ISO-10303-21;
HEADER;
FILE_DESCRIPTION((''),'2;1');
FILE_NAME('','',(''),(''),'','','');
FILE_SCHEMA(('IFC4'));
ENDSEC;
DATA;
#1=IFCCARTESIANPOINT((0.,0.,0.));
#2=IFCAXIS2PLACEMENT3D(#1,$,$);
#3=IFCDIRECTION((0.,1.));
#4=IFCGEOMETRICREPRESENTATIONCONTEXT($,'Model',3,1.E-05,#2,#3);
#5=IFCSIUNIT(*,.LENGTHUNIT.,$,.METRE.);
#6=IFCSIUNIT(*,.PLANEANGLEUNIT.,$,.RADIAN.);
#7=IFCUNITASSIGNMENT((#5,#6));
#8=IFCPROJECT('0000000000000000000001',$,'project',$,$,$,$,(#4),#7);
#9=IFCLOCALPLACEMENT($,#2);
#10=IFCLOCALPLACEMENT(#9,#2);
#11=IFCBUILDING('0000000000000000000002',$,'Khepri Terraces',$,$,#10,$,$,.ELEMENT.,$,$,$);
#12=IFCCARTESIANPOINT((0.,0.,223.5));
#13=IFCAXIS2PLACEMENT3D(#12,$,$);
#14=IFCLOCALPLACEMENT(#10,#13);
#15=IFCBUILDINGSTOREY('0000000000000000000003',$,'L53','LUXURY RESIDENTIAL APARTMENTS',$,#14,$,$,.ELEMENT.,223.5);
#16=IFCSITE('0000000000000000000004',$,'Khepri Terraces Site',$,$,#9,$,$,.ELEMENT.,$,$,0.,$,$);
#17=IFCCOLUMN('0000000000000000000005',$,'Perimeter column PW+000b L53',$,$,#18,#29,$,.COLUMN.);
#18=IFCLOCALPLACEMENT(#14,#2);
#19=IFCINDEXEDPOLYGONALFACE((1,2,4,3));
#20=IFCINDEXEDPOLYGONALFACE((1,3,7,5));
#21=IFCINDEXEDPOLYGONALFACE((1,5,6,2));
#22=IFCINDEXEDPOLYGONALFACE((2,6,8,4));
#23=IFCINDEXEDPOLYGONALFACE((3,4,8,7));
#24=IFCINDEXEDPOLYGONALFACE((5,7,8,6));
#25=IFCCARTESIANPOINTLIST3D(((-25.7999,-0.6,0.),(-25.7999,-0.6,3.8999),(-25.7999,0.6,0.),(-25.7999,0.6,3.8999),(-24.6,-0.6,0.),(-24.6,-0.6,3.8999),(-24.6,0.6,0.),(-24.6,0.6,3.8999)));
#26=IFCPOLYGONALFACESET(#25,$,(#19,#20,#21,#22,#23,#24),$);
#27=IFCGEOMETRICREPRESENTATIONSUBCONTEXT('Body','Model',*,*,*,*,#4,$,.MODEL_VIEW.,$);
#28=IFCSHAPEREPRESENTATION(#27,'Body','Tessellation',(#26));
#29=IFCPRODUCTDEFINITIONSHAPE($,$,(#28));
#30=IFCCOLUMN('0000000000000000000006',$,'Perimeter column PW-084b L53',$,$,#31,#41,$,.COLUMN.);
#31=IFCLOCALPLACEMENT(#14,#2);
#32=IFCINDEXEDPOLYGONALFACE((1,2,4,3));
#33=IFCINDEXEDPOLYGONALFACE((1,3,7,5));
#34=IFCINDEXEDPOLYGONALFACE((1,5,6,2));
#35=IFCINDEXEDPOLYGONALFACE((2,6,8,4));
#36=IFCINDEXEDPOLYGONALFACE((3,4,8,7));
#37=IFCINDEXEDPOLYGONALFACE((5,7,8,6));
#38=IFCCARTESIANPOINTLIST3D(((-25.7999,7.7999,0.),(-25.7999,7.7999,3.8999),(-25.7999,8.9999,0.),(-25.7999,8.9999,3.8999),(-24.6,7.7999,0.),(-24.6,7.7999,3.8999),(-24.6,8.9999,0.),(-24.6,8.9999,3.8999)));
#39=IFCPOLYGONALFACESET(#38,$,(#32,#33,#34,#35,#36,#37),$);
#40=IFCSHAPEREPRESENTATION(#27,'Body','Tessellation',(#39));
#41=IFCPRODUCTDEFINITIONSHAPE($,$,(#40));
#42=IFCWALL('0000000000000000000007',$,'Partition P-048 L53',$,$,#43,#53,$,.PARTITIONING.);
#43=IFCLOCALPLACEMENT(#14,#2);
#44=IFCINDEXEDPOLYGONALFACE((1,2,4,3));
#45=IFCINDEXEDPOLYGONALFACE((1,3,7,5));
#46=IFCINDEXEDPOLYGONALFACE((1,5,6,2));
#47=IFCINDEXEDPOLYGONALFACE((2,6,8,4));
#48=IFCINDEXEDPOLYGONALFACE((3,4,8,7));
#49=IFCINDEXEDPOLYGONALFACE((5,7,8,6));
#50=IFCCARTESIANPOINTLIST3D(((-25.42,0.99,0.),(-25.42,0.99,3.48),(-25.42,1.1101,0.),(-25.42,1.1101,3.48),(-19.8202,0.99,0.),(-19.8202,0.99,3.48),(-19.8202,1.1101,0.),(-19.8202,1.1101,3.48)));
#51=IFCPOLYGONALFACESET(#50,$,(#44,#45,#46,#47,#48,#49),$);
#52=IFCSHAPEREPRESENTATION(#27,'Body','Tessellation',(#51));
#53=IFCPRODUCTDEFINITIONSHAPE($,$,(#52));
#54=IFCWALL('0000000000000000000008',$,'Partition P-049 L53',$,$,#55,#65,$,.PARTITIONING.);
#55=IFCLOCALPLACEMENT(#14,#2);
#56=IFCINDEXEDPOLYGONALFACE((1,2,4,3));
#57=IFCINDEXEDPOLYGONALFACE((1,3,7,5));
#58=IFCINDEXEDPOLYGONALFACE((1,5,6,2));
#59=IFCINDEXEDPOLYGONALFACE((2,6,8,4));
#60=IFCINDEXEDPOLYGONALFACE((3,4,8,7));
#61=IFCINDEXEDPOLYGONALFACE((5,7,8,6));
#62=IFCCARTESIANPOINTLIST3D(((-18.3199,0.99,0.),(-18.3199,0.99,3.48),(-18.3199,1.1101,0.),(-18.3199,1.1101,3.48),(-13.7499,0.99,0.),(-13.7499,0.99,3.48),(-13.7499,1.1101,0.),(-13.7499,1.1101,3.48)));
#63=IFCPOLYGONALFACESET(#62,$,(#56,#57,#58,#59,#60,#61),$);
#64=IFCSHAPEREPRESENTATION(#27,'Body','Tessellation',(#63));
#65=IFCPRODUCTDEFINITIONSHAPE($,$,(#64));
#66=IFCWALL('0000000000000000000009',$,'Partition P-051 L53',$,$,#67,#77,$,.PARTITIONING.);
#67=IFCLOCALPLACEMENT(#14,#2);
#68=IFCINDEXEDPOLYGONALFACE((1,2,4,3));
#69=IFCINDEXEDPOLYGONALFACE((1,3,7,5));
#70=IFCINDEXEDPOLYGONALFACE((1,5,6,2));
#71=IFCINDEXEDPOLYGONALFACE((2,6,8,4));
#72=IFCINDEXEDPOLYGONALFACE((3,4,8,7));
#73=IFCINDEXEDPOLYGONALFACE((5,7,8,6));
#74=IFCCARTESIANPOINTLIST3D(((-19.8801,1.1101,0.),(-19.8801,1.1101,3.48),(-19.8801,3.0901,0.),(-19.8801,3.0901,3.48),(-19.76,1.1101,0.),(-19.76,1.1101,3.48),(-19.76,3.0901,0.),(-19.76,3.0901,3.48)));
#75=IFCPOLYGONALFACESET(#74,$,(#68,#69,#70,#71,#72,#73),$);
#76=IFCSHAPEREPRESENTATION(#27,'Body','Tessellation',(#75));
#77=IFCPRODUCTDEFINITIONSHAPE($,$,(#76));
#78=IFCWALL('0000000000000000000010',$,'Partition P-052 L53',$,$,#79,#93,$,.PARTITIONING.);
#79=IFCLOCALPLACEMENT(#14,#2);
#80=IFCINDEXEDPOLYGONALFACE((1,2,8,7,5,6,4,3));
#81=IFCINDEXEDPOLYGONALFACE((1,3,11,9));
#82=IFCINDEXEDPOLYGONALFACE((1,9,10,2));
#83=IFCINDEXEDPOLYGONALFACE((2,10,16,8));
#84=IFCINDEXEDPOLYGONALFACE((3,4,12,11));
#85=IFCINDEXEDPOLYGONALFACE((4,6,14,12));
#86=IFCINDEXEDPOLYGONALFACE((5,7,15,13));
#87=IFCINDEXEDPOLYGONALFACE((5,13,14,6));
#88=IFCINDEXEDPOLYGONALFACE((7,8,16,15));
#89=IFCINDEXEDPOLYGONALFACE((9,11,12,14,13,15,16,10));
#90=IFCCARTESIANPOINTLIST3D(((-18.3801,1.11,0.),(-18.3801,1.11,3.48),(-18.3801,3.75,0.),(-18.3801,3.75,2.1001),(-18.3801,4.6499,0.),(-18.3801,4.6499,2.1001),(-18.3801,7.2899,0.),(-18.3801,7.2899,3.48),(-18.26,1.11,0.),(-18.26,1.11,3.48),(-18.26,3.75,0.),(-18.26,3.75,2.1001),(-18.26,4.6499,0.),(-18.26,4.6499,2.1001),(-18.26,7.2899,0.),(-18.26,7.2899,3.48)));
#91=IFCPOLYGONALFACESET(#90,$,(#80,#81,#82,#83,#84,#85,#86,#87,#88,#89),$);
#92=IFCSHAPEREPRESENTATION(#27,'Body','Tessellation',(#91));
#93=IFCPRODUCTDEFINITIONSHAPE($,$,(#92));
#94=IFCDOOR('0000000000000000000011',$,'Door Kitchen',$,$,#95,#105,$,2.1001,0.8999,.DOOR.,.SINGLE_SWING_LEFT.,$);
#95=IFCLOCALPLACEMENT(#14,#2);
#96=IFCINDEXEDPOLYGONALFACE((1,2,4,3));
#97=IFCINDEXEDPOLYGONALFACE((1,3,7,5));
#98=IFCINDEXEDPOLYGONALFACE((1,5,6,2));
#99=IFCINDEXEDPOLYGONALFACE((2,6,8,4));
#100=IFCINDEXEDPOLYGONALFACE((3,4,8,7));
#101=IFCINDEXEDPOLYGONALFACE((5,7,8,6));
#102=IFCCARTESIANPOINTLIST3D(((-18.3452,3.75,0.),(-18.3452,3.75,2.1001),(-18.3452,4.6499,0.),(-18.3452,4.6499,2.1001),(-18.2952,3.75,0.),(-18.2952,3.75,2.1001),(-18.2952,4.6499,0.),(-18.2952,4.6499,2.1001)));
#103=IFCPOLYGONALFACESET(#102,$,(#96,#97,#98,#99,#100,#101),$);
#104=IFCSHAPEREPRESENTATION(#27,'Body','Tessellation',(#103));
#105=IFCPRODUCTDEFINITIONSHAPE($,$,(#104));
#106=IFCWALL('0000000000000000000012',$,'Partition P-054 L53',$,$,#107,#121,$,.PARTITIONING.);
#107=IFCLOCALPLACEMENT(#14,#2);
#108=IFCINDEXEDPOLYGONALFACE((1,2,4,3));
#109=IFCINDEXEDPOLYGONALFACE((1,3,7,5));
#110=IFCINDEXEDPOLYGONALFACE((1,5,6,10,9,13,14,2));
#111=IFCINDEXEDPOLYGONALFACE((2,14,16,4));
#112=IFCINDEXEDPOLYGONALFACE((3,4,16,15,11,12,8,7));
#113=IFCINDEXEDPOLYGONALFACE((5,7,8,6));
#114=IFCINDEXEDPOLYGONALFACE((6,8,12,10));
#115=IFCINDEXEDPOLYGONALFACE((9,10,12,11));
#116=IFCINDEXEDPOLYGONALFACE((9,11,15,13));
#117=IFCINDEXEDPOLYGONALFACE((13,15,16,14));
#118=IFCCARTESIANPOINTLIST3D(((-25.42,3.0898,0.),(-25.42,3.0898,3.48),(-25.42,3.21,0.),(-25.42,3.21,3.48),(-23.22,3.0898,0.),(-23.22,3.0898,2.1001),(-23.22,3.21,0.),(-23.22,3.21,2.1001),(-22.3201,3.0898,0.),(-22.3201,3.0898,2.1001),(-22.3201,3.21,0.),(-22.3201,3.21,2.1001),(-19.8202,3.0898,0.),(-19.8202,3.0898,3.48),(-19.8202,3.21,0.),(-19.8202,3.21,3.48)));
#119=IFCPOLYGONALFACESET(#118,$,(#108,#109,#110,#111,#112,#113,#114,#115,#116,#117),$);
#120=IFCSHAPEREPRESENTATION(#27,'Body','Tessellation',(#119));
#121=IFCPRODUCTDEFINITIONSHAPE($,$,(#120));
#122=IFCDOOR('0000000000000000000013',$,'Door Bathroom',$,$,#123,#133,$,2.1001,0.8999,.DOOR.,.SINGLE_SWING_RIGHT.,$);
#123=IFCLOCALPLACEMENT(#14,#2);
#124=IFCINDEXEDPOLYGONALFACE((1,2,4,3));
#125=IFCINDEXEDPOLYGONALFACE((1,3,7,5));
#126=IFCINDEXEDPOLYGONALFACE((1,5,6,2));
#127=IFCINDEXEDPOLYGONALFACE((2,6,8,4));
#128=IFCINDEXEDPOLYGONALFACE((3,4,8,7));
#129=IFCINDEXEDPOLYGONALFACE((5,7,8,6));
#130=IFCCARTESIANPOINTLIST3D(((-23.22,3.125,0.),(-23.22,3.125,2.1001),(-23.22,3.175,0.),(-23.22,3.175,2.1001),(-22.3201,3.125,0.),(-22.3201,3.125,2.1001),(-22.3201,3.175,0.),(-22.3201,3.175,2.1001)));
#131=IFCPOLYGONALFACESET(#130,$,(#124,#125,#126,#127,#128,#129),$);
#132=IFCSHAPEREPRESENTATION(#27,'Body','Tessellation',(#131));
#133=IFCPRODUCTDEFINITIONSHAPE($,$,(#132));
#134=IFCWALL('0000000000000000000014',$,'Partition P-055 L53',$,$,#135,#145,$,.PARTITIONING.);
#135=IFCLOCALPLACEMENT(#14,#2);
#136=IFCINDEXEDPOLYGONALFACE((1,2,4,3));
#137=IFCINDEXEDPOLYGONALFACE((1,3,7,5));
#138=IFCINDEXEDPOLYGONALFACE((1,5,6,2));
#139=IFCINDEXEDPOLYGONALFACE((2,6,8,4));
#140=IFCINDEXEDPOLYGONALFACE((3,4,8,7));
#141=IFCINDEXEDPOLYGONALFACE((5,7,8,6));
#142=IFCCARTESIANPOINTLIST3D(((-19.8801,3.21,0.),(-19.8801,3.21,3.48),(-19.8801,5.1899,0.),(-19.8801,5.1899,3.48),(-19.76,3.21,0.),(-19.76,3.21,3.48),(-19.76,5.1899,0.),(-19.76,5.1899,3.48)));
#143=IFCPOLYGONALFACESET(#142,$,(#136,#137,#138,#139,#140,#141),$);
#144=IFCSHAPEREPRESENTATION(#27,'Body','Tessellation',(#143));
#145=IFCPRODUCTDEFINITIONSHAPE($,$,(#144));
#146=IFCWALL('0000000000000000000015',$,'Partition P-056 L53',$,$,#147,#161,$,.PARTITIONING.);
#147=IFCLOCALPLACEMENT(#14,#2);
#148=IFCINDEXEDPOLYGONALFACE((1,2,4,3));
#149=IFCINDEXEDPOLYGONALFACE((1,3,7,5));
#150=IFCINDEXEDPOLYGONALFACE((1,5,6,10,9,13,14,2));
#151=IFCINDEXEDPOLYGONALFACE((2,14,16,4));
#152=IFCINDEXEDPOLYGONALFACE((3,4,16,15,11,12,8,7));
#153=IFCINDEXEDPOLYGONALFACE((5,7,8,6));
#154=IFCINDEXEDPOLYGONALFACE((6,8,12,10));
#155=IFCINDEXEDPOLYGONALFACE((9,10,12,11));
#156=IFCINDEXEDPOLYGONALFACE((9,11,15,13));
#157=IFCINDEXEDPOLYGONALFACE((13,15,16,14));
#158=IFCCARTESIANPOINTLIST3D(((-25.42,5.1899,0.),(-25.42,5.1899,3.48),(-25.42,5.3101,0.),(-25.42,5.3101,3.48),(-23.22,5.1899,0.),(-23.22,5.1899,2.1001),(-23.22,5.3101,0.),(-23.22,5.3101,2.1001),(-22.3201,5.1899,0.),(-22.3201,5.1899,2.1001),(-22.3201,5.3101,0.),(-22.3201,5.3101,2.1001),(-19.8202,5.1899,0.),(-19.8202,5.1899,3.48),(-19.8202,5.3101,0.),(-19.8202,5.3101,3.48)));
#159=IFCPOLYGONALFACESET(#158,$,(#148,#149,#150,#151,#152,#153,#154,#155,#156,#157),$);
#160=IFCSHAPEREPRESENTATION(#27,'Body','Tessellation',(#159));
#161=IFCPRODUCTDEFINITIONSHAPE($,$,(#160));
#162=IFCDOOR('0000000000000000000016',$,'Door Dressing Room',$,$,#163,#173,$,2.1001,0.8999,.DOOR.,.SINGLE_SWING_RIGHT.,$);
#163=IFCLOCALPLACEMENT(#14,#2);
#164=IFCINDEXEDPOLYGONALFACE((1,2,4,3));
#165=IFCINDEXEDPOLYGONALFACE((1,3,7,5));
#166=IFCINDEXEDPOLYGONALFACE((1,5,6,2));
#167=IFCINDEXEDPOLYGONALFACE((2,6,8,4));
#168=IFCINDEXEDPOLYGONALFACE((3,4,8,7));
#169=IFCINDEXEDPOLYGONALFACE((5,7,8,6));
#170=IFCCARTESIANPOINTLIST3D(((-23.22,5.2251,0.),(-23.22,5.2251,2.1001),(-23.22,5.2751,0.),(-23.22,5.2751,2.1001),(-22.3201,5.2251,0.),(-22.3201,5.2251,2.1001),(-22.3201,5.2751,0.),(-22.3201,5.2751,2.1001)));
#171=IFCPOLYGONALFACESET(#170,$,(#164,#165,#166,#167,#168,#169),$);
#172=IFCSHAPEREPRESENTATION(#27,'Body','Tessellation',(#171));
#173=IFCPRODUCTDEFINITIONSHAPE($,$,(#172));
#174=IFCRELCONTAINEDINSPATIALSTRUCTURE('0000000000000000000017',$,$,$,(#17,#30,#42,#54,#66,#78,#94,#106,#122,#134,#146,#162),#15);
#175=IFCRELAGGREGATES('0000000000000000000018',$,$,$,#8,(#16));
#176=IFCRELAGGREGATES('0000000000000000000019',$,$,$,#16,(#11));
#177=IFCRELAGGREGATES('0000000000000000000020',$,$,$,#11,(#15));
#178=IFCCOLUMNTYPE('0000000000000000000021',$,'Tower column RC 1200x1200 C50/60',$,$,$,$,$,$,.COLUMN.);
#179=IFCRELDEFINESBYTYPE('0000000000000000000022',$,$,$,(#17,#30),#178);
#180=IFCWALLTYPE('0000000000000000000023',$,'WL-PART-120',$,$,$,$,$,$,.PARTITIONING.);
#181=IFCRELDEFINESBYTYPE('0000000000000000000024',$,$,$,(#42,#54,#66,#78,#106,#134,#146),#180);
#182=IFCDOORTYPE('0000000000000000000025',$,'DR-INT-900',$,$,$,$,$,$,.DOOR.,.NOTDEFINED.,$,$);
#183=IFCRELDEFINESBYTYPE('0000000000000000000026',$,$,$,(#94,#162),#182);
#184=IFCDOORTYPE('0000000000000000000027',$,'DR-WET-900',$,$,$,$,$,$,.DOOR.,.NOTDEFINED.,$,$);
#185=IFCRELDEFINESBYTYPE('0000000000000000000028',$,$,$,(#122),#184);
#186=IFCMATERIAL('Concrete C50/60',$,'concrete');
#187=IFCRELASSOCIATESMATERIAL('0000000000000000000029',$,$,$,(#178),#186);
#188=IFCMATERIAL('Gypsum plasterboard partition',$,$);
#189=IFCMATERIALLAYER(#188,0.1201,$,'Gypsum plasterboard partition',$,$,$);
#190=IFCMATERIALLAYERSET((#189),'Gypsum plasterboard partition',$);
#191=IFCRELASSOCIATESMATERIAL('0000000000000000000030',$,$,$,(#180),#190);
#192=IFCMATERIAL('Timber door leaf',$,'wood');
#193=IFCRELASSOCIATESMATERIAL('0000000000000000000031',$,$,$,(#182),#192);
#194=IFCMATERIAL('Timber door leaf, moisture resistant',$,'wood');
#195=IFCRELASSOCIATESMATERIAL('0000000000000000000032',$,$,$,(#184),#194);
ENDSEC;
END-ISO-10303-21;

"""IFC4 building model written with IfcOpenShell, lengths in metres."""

from ifc_helpers import new_model, si_unit, direction, frame, frame_2d, origin, origin_2d, place, context, subcontext, project, spatial, rectangle, extrude, material, layer, layer_set, material_profile, profile_set, type_object, element, fill, save


model = new_model("IFC4")

# Units and contexts
model_context = context("Model", 3, precision=1e-05, world=origin(), true_north=direction((0.0, 1.0)))
body_context = subcontext(model_context, "Body", "Model", "MODEL_VIEW")
ifc_project = project(units=[si_unit("LENGTHUNIT", "METRE"), si_unit("PLANEANGLEUNIT", "RADIAN")], contexts=[model_context])

# Site, building, storey
site_placement = place(None, origin())
site = spatial("IfcSite", under=ifc_project, at=site_placement, Name="Khepri Terraces Site", CompositionType="ELEMENT", RefElevation=0.0)
building_placement = place(site_placement, origin())
building = spatial("IfcBuilding", under=site, at=building_placement, Name="Khepri Terraces", CompositionType="ELEMENT")
storey_placement = place(building_placement, frame((0.0, 0.0, 223.5)))
storey = spatial("IfcBuildingStorey", under=building, at=storey_placement, Name="L53", Description="LUXURY RESIDENTIAL APARTMENTS", CompositionType="ELEMENT", Elevation=223.5)

# Columns
ifc_material_1 = material(Name="Concrete C50/60", Category="concrete")
ifc_material_profile = material_profile(ifc_material_1, rectangle(XDim=1.2, YDim=1.2, at=origin_2d()), Name="Concrete C50/60", Category="concrete")
ifc_profile_set = profile_set([ifc_material_profile], Name="Concrete C50/60")
column_type = type_object("IfcColumnType", Name="Tower column RC 1200x1200 C50/60", PredefinedType="COLUMN", material=ifc_profile_set)
for number, where, z_axis, x_axis, name in (
    (1, (-25.2, 0.0, 0.0), (0.0, 0.0, 1.0), (1.0, 0.0, 0.0), "Perimeter column PW+000b L53"),
    (2, (-25.2, 8.3999, 0.0), (0.0, 0.0, 1.0), (1.0, 0.0, 0.0), "Perimeter column PW-084b L53"),
):
    element("IfcColumn", number, at=place(storey_placement, frame(where, z_axis=z_axis, x_axis=x_axis)), inside=storey, type_object=column_type, Name=name, PredefinedType="COLUMN", context=body_context, shape_type="SweptSolid", body=[
        extrude(rectangle(XDim=1.2, YDim=1.2, at=origin_2d()), origin(), (0.0, 0.0, 1.0), 3.8999),
    ])

# Walls
ifc_material_2 = material(Name="Gypsum plasterboard partition")
ifc_layer_1 = layer(ifc_material_2, 0.1201, Name="Gypsum plasterboard partition")
ifc_layer_set_1 = layer_set([ifc_layer_1], Name="Gypsum plasterboard partition")
wall_type_1 = type_object("IfcWallType", Name="WL-PART-120", PredefinedType="PARTITIONING", material=ifc_layer_set_1)
wall_1_placement = place(storey_placement, frame((-25.4199, 1.05, 0.0), z_axis=(0.0, 0.0, 1.0), x_axis=(1.0, 0.0, 0.0)))
element("IfcWall", 3, at=wall_1_placement, inside=storey, type_object=wall_type_1, Name="Partition P-048 L53", PredefinedType="PARTITIONING", context=body_context, shape_type="SweptSolid", body=[
    extrude(rectangle(XDim=5.5999, YDim=0.1201, at=frame_2d((2.7998, 0.0))), origin(), (0.0, 0.0, 1.0), 3.48),
])
wall_2_placement = place(storey_placement, frame((-18.3201, 1.05, 0.0), z_axis=(0.0, 0.0, 1.0), x_axis=(1.0, 0.0, 0.0)))
element("IfcWall", 4, at=wall_2_placement, inside=storey, type_object=wall_type_1, Name="Partition P-049 L53", PredefinedType="PARTITIONING", context=body_context, shape_type="SweptSolid", body=[
    extrude(rectangle(XDim=4.5701, YDim=0.1201, at=frame_2d((2.2852, 0.0))), origin(), (0.0, 0.0, 1.0), 3.48),
])
wall_3_placement = place(storey_placement, frame((-19.8201, 1.1101, 0.0), z_axis=(0.0, 0.0, 1.0), x_axis=(0.0, 1.0, 0.0)))
element("IfcWall", 5, at=wall_3_placement, inside=storey, type_object=wall_type_1, Name="Partition P-051 L53", PredefinedType="PARTITIONING", context=body_context, shape_type="SweptSolid", body=[
    extrude(rectangle(XDim=1.98, YDim=0.1201, at=frame_2d((0.99, 0.0))), origin(), (0.0, 0.0, 1.0), 3.48),
])

# Walls, openings, doors
wall_4_placement = place(storey_placement, frame((-18.3201, 1.1101, 0.0), z_axis=(0.0, 0.0, 1.0), x_axis=(0.0, 1.0, 0.0)))
wall_4 = element("IfcWall", 6, at=wall_4_placement, inside=storey, type_object=wall_type_1, Name="Partition P-052 L53", PredefinedType="PARTITIONING", context=body_context, shape_type="SweptSolid", body=[
    extrude(rectangle(XDim=6.1799, YDim=0.1201, at=frame_2d((3.0898, 0.0))), origin(), (0.0, 0.0, 1.0), 3.48),
])
opening_1_placement = place(wall_4_placement, frame((2.6399, 0.0, 0.0)))
opening_1 = element("IfcOpeningElement", 7, at=opening_1_placement, cuts=wall_4, PredefinedType="OPENING", context=body_context, shape_type="SweptSolid", body=[
    extrude(rectangle(XDim=0.8999, YDim=2.1001, at=frame_2d((0.45, 1.05))), frame((0.0, 0.0701, 0.0), z_axis=(0.0, -1.0, 0.0), x_axis=(1.0, 0.0, 0.0)), (0.0, 0.0, 1.0), 0.1401),
])
ifc_material_3 = material(Name="Timber door leaf", Category="wood")
door_type_1 = type_object("IfcDoorType", Name="DR-INT-900", OperationType="NOTDEFINED", PredefinedType="DOOR", material=ifc_material_3)
door_1_placement = place(opening_1_placement, frame((0.8999, 0.0, 0.0), z_axis=(0.0, 0.0, 1.0), x_axis=(-1.0, 0.0, 0.0)))
door_1 = element("IfcDoor", 8, at=door_1_placement, inside=storey, type_object=door_type_1, Name="Door Kitchen", OperationType="SINGLE_SWING_LEFT", OverallHeight=2.1001, OverallWidth=0.8999, PredefinedType="DOOR", context=body_context, shape_type="SweptSolid", body=[
    extrude(rectangle(XDim=0.8999, YDim=2.1001, at=frame_2d((0.45, 1.05))), frame((0.0, 0.0249, 0.0), z_axis=(0.0, -1.0, 0.0), x_axis=(1.0, 0.0, 0.0)), (0.0, 0.0, 1.0), 0.05),
])
fill(opening_1, door_1)
wall_5_placement = place(storey_placement, frame((-25.4199, 3.1499, 0.0), z_axis=(0.0, 0.0, 1.0), x_axis=(1.0, 0.0, 0.0)))
wall_5 = element("IfcWall", 9, at=wall_5_placement, inside=storey, type_object=wall_type_1, Name="Partition P-054 L53", PredefinedType="PARTITIONING", context=body_context, shape_type="SweptSolid", body=[
    extrude(rectangle(XDim=5.5999, YDim=0.1201, at=frame_2d((2.7998, 0.0))), origin(), (0.0, 0.0, 1.0), 3.48),
])
opening_2_placement = place(wall_5_placement, frame((2.2, 0.0, 0.0)))
opening_2 = element("IfcOpeningElement", 10, at=opening_2_placement, cuts=wall_5, PredefinedType="OPENING", context=body_context, shape_type="SweptSolid", body=[
    extrude(rectangle(XDim=0.8999, YDim=2.1001, at=frame_2d((0.45, 1.05))), frame((0.0, 0.0701, 0.0), z_axis=(0.0, -1.0, 0.0), x_axis=(1.0, 0.0, 0.0)), (0.0, 0.0, 1.0), 0.1401),
])
ifc_material_4 = material(Name="Timber door leaf, moisture resistant", Category="wood")
door_type_2 = type_object("IfcDoorType", Name="DR-WET-900", OperationType="NOTDEFINED", PredefinedType="DOOR", material=ifc_material_4)
door_2_placement = place(opening_2_placement, frame((0.8999, 0.0, 0.0), z_axis=(0.0, 0.0, 1.0), x_axis=(-1.0, 0.0, 0.0)))
door_2 = element("IfcDoor", 11, at=door_2_placement, inside=storey, type_object=door_type_2, Name="Door Bathroom", OperationType="SINGLE_SWING_RIGHT", OverallHeight=2.1001, OverallWidth=0.8999, PredefinedType="DOOR", context=body_context, shape_type="SweptSolid", body=[
    extrude(rectangle(XDim=0.8999, YDim=2.1001, at=frame_2d((0.45, 1.05))), frame((0.0, 0.0249, 0.0), z_axis=(0.0, -1.0, 0.0), x_axis=(1.0, 0.0, 0.0)), (0.0, 0.0, 1.0), 0.05),
])
fill(opening_2, door_2)

# Wall
wall_6_placement = place(storey_placement, frame((-19.8201, 3.21, 0.0), z_axis=(0.0, 0.0, 1.0), x_axis=(0.0, 1.0, 0.0)))
element("IfcWall", 12, at=wall_6_placement, inside=storey, type_object=wall_type_1, Name="Partition P-055 L53", PredefinedType="PARTITIONING", context=body_context, shape_type="SweptSolid", body=[
    extrude(rectangle(XDim=1.98, YDim=0.1201, at=frame_2d((0.99, 0.0))), origin(), (0.0, 0.0, 1.0), 3.48),
])

# Wall, opening, door
wall_7_placement = place(storey_placement, frame((-25.4199, 5.25, 0.0), z_axis=(0.0, 0.0, 1.0), x_axis=(1.0, 0.0, 0.0)))
wall_7 = element("IfcWall", 13, at=wall_7_placement, inside=storey, type_object=wall_type_1, Name="Partition P-056 L53", PredefinedType="PARTITIONING", context=body_context, shape_type="SweptSolid", body=[
    extrude(rectangle(XDim=5.5999, YDim=0.1201, at=frame_2d((2.7998, 0.0))), origin(), (0.0, 0.0, 1.0), 3.48),
])
opening_3_placement = place(wall_7_placement, frame((2.2, 0.0, 0.0)))
opening_3 = element("IfcOpeningElement", 14, at=opening_3_placement, cuts=wall_7, PredefinedType="OPENING", context=body_context, shape_type="SweptSolid", body=[
    extrude(rectangle(XDim=0.8999, YDim=2.1001, at=frame_2d((0.45, 1.05))), frame((0.0, 0.0701, 0.0), z_axis=(0.0, -1.0, 0.0), x_axis=(1.0, 0.0, 0.0)), (0.0, 0.0, 1.0), 0.1401),
])
door_3_placement = place(opening_3_placement, frame((0.8999, 0.0, 0.0), z_axis=(0.0, 0.0, 1.0), x_axis=(-1.0, 0.0, 0.0)))
door_3 = element("IfcDoor", 15, at=door_3_placement, inside=storey, type_object=door_type_1, Name="Door Dressing Room", OperationType="SINGLE_SWING_RIGHT", OverallHeight=2.1001, OverallWidth=0.8999, PredefinedType="DOOR", context=body_context, shape_type="SweptSolid", body=[
    extrude(rectangle(XDim=0.8999, YDim=2.1001, at=frame_2d((0.45, 1.05))), frame((0.0, 0.0249, 0.0), z_axis=(0.0, -1.0, 0.0), x_axis=(1.0, 0.0, 0.0)), (0.0, 0.0, 1.0), 0.05),
])
fill(opening_3, door_3)

save(model, "model.ifc")
